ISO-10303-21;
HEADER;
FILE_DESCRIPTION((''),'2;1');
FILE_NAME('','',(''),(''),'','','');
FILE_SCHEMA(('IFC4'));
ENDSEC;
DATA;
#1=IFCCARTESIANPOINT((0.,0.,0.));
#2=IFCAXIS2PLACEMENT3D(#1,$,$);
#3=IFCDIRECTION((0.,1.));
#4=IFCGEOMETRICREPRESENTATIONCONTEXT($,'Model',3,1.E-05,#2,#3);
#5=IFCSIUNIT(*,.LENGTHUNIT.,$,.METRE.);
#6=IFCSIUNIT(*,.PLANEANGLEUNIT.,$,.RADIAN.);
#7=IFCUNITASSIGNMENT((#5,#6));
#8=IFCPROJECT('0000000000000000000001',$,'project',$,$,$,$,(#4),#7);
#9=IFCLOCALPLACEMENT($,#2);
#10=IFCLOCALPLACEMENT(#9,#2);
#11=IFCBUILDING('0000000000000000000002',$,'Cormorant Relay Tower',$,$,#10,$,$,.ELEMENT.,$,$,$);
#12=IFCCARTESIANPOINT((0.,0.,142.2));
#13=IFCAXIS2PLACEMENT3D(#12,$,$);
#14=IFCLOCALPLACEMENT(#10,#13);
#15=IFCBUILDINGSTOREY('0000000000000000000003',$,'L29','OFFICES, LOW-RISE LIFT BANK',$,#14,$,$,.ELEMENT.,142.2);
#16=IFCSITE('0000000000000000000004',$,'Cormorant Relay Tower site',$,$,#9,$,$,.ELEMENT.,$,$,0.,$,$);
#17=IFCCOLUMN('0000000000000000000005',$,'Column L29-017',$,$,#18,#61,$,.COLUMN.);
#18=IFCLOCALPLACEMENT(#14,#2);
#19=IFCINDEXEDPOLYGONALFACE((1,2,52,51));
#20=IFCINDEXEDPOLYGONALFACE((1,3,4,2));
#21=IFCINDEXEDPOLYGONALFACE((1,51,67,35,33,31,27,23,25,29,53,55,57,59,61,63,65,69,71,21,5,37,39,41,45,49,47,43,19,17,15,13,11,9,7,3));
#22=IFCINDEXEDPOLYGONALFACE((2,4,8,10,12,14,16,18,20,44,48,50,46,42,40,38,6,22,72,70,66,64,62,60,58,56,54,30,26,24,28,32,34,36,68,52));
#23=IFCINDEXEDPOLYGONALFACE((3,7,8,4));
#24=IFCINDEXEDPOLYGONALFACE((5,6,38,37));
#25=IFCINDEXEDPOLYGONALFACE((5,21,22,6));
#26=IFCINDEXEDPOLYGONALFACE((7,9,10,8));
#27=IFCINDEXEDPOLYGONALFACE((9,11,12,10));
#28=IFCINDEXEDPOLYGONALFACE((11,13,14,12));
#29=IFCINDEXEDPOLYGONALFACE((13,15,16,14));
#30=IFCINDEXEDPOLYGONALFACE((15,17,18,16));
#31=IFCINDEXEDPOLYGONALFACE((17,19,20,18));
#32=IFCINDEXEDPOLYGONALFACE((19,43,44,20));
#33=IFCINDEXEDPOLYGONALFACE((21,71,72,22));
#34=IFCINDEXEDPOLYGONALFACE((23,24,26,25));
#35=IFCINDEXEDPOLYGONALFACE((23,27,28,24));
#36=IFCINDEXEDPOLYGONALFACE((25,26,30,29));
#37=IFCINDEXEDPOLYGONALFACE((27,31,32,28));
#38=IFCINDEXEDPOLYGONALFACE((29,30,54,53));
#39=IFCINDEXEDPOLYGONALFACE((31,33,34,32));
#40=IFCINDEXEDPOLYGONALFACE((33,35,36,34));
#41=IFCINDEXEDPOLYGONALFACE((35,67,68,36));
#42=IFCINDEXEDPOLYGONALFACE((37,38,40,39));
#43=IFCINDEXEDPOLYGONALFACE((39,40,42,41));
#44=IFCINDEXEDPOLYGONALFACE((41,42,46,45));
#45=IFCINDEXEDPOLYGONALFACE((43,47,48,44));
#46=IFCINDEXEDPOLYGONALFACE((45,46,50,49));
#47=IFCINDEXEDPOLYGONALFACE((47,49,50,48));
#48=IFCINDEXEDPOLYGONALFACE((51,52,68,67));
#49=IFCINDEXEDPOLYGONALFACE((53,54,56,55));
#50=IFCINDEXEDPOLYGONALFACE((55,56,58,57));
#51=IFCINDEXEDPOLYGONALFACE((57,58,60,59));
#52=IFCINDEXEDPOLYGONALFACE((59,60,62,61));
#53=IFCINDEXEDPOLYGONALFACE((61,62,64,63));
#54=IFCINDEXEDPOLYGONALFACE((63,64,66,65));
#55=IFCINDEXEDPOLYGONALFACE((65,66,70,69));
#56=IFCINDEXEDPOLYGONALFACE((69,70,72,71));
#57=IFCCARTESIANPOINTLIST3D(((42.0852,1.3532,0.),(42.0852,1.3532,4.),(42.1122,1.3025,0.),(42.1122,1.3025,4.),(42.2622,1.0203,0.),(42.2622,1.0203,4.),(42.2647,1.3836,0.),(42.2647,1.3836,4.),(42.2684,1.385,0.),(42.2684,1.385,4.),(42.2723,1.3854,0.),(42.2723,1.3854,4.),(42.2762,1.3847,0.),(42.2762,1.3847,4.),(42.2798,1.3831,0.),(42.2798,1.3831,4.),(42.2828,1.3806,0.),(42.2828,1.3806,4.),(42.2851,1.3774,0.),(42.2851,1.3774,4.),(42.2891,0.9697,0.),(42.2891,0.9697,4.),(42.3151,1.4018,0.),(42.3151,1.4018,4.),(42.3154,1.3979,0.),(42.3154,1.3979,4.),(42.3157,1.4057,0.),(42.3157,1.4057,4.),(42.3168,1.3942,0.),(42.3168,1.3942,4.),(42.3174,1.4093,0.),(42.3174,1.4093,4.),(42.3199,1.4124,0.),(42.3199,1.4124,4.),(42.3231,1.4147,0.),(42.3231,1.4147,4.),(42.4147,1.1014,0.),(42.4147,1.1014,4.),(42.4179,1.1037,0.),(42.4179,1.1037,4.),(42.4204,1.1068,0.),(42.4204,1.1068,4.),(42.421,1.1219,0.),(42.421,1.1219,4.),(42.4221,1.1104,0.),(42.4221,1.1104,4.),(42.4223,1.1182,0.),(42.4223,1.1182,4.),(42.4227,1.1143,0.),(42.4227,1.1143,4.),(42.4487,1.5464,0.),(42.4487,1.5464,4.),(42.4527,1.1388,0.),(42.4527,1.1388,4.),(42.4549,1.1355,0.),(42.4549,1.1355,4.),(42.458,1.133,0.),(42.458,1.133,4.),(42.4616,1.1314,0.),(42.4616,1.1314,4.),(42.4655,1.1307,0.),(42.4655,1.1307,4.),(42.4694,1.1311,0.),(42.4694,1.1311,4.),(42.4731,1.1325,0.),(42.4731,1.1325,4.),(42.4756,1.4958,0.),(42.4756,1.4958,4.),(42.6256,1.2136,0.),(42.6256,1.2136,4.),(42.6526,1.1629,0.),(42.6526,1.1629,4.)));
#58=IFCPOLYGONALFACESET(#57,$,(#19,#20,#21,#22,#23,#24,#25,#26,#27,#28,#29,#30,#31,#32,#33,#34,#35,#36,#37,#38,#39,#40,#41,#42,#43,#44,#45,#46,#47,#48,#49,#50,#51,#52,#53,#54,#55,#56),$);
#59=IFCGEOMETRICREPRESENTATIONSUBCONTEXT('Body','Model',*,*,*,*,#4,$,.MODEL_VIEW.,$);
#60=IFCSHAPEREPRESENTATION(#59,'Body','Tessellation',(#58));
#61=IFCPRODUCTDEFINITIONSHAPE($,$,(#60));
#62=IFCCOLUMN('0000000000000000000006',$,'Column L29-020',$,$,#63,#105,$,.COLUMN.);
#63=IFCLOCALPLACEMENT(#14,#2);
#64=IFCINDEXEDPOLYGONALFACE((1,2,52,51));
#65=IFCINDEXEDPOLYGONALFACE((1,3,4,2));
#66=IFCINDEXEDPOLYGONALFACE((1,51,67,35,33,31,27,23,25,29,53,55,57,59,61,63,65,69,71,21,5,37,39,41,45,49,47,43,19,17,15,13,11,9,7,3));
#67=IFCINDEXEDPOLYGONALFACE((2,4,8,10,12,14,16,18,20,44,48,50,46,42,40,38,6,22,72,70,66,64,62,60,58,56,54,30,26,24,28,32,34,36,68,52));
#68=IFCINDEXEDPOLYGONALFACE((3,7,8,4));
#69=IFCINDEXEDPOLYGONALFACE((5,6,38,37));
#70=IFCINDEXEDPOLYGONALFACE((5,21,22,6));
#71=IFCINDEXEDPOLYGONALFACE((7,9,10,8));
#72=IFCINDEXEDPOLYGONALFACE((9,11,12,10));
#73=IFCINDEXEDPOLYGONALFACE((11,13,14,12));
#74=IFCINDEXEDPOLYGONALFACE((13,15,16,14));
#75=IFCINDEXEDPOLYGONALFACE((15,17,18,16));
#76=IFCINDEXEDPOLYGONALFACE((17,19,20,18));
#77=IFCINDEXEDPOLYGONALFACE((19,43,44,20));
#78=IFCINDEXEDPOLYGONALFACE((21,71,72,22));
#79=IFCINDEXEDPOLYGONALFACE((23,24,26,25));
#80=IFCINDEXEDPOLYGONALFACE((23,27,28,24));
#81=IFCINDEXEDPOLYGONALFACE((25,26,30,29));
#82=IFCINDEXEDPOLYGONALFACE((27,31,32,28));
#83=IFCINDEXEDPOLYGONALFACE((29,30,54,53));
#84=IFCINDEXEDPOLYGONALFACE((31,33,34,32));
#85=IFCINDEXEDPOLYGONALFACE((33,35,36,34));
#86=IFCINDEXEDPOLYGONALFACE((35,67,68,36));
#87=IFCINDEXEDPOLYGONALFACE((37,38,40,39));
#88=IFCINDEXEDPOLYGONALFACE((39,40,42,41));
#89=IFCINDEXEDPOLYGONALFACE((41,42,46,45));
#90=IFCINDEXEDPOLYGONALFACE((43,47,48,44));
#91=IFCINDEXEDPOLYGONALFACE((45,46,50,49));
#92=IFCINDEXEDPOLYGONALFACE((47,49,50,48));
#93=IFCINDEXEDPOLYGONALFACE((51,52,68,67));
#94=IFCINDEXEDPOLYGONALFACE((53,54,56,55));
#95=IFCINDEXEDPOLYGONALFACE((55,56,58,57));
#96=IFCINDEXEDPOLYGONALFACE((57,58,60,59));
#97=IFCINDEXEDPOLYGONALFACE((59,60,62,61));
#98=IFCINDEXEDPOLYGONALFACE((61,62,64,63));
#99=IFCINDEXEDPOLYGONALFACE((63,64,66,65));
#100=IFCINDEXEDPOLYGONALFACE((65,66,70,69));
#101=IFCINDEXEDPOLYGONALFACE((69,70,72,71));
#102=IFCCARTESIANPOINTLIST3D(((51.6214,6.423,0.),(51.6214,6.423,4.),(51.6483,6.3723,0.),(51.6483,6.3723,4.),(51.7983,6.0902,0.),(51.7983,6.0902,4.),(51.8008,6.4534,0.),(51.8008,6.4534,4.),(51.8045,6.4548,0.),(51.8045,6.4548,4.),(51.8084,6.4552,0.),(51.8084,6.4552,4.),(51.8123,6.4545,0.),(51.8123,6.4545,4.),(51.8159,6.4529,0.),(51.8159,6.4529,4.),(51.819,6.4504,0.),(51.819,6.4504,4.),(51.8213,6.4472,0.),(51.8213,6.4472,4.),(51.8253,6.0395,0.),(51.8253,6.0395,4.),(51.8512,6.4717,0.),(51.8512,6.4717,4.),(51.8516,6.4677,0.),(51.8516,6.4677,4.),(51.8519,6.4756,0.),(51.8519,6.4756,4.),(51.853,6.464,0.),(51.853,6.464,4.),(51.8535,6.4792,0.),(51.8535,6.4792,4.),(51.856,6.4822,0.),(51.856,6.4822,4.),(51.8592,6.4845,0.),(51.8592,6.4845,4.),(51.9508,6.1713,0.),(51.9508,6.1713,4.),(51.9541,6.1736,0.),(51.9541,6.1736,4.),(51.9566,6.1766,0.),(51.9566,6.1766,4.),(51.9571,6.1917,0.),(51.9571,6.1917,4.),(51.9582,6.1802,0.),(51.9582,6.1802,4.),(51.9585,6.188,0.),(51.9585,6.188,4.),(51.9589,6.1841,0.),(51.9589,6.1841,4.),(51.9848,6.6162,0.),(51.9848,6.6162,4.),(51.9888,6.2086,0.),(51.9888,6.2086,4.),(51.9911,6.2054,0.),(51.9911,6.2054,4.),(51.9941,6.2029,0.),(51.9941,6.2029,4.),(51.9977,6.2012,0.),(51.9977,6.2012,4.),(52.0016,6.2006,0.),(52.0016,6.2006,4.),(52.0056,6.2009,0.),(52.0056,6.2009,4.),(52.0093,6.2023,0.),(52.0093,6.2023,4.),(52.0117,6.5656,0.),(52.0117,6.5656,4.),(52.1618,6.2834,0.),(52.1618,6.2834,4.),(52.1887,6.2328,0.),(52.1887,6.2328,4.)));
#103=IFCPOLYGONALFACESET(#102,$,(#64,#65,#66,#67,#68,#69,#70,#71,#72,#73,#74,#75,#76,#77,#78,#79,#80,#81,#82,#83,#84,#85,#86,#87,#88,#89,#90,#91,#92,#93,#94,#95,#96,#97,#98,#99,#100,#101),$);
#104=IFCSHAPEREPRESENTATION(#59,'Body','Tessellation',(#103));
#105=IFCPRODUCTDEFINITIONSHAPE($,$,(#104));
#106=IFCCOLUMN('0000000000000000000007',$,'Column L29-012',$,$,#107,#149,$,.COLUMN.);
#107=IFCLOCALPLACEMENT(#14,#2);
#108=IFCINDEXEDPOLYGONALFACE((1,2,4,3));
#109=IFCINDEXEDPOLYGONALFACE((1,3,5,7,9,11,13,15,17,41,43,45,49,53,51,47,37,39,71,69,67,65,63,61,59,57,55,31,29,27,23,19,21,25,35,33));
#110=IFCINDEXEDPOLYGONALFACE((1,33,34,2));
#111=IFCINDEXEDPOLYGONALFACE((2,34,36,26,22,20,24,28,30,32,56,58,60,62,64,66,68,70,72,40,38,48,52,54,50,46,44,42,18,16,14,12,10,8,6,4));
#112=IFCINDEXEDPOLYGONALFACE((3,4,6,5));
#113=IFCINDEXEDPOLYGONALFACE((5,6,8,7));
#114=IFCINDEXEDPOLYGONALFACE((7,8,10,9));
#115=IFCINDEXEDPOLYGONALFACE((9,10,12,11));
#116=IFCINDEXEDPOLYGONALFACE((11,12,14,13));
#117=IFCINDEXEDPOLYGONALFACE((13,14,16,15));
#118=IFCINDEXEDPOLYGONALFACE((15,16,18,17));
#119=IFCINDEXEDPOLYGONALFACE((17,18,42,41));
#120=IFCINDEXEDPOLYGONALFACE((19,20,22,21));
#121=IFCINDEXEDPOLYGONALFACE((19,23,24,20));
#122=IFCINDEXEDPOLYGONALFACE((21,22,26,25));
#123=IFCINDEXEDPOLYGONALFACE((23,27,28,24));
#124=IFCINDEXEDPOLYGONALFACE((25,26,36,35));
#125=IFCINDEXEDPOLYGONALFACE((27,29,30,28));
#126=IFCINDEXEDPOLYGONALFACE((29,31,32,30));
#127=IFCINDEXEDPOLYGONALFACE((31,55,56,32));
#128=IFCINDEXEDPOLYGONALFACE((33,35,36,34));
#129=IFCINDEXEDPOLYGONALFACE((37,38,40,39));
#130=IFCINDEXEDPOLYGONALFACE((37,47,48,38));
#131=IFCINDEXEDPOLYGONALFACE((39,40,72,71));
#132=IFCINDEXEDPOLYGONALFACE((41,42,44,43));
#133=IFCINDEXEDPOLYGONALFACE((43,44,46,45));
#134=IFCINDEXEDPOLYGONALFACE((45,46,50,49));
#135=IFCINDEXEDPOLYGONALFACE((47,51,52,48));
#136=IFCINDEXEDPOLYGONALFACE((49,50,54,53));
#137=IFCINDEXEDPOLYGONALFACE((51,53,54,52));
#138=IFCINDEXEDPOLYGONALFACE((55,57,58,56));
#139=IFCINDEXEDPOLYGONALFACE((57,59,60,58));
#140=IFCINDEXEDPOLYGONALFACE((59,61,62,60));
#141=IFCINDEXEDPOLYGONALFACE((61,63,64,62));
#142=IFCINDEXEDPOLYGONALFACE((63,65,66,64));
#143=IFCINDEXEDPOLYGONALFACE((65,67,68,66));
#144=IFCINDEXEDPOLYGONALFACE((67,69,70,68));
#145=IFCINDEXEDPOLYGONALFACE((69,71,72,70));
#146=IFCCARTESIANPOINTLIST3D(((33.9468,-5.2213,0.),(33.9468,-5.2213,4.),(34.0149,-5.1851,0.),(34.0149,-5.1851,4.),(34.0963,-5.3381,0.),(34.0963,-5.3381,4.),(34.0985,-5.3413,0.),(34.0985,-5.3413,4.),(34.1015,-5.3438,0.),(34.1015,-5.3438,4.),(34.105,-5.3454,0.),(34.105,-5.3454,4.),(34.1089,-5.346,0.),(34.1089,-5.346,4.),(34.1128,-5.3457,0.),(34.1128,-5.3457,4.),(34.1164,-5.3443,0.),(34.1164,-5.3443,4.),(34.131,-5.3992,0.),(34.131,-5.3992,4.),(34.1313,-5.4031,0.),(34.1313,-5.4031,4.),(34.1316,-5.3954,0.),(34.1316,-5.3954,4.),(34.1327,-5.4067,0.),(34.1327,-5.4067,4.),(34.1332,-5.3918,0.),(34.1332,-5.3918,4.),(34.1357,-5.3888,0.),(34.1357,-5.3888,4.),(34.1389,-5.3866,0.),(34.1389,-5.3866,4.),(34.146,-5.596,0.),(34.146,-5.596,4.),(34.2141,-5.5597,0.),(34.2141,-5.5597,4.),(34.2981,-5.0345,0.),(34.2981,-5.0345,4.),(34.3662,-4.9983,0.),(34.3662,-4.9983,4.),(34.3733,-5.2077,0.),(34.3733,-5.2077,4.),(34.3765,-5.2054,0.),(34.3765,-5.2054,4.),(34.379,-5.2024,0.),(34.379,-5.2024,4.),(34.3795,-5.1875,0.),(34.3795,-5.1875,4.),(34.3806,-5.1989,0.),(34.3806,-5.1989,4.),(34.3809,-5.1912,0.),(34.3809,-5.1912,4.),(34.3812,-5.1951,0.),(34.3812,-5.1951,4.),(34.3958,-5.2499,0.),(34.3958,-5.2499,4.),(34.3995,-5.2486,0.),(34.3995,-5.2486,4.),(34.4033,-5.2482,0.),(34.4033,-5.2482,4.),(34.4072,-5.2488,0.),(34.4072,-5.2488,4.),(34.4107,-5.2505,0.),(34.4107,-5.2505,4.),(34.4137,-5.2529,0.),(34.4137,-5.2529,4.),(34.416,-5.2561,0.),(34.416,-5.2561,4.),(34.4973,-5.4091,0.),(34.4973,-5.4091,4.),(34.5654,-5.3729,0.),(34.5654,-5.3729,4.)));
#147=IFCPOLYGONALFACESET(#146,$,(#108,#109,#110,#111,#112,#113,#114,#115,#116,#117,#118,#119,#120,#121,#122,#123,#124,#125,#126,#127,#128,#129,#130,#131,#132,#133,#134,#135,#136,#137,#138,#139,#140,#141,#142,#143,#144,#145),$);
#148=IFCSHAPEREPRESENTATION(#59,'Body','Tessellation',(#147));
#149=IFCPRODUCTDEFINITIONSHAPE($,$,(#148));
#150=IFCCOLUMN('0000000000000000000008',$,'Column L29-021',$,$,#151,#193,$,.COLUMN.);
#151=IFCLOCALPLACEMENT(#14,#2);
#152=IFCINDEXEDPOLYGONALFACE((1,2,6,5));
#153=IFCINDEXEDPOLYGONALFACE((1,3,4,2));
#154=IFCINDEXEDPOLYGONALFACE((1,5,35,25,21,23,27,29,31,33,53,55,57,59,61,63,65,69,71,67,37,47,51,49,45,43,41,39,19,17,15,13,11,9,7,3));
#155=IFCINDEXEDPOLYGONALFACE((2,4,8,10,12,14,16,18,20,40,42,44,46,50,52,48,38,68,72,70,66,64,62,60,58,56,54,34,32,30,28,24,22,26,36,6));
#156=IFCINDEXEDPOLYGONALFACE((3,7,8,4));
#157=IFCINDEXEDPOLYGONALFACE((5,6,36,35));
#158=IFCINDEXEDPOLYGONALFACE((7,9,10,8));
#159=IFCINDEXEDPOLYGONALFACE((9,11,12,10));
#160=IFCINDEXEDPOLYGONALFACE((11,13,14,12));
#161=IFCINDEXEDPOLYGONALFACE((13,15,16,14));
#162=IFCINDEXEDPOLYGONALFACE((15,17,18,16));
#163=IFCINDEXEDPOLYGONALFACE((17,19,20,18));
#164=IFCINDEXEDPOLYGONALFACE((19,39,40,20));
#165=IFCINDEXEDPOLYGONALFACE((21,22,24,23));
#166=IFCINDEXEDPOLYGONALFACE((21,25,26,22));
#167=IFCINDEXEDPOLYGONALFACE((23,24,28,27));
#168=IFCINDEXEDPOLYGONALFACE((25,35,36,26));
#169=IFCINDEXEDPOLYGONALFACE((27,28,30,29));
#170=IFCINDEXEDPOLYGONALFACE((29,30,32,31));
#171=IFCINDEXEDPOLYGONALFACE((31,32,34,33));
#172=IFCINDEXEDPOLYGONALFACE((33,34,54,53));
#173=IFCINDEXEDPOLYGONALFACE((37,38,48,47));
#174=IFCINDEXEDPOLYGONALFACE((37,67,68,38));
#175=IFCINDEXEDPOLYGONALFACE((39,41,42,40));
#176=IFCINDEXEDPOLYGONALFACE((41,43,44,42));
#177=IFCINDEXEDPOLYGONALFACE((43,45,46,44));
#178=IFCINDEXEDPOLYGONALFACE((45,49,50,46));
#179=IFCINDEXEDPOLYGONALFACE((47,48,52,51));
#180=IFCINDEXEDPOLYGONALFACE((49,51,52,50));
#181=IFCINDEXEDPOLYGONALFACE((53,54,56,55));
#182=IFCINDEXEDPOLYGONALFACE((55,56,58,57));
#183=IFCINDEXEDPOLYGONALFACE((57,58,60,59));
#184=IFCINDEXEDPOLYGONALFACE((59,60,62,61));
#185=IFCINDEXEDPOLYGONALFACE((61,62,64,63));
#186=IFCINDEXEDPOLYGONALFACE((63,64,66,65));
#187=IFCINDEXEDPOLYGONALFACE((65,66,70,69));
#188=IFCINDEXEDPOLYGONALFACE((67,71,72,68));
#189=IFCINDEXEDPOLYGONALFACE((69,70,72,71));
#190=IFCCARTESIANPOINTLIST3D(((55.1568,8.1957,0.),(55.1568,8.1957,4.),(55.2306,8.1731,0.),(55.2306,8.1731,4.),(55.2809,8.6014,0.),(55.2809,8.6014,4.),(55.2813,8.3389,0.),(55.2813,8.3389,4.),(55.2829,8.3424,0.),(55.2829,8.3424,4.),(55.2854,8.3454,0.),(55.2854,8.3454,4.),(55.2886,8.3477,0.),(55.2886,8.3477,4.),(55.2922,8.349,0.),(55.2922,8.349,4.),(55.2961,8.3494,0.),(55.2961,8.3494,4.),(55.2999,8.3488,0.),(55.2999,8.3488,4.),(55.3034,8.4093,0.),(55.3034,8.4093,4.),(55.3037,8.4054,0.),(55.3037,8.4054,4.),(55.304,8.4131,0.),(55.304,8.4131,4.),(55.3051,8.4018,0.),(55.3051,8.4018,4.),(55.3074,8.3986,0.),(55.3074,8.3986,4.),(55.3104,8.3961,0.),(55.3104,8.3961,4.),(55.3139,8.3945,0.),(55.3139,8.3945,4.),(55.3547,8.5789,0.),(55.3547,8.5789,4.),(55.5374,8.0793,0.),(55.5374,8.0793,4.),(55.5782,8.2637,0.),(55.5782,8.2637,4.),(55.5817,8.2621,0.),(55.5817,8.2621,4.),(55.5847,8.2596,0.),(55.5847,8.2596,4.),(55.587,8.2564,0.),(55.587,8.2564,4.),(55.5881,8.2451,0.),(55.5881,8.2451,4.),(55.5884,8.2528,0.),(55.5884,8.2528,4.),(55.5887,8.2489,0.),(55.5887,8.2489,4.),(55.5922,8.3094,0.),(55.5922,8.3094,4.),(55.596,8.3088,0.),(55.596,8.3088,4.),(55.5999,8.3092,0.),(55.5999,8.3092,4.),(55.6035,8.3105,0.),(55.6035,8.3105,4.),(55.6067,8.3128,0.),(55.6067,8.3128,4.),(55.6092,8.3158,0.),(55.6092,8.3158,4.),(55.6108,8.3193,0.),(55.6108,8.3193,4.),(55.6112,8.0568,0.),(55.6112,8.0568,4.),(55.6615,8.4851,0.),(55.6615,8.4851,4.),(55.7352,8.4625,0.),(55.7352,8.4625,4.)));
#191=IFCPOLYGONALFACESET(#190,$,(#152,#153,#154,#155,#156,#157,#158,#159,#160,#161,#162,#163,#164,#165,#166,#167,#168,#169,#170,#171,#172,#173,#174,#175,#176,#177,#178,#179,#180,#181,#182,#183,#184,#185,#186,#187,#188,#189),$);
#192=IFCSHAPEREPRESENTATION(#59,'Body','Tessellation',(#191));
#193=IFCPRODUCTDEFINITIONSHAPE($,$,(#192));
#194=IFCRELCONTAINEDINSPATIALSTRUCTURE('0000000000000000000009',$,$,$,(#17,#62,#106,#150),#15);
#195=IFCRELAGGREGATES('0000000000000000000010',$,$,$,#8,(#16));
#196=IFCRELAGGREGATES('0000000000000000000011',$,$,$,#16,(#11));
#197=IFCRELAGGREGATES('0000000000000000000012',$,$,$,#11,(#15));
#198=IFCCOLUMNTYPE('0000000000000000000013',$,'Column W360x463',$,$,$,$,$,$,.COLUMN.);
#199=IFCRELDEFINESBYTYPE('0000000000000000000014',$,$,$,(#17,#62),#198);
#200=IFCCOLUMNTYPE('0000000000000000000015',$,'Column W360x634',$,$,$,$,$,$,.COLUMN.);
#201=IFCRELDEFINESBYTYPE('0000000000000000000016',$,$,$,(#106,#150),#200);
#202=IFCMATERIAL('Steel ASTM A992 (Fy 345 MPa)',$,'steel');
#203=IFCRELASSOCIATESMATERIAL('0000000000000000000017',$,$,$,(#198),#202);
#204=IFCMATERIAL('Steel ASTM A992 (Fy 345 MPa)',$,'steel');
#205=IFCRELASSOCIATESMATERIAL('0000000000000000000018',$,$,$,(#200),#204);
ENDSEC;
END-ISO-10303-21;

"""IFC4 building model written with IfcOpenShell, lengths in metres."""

from ifc_helpers import new_model, si_unit, direction, frame, origin, origin_2d, place, context, subcontext, project, spatial, i_section, extrude, material, material_profile, profile_set, type_object, element, save


model = new_model("IFC4")

# Units and contexts
model_context = context("Model", 3, precision=1e-05, world=origin(), true_north=direction((0.0, 1.0)))
body_context = subcontext(model_context, "Body", "Model", "MODEL_VIEW")
ifc_project = project(units=[si_unit("LENGTHUNIT", "METRE"), si_unit("PLANEANGLEUNIT", "RADIAN")], contexts=[model_context])

# Site, building, storey
site_placement = place(None, origin())
site = spatial("IfcSite", under=ifc_project, at=site_placement, Name="Cormorant Relay Tower site", CompositionType="ELEMENT", RefElevation=0.0)
building_placement = place(site_placement, origin())
building = spatial("IfcBuilding", under=site, at=building_placement, Name="Cormorant Relay Tower", CompositionType="ELEMENT")
storey_placement = place(building_placement, frame((0.0, 0.0, 142.2)))
storey = spatial("IfcBuildingStorey", under=building, at=storey_placement, Name="L29", Description="OFFICES, LOW-RISE LIFT BANK", CompositionType="ELEMENT", Elevation=142.2)

# Columns
ifc_material_1 = material(Name="Steel ASTM A992 (Fy 345 MPa)", Category="steel")
ifc_material_profile_1 = material_profile(ifc_material_1, i_section(OverallWidth=0.4116, OverallDepth=0.4343, WebThickness=0.0359, FlangeThickness=0.0574, FilletRadius=0.0151, at=origin_2d()), Name="W360x463")
ifc_profile_set_1 = profile_set([ifc_material_profile_1], Name="Steel ASTM A992 (Fy 345 MPa)")
column_type_1 = type_object("IfcColumnType", Name="Column W360x463", PredefinedType="COLUMN", material=ifc_profile_set_1)
for number, where, z_axis, x_axis, name in (
    (1, (42.3689, 1.2581, 0.0), (0.0, 0.0, 1.0), (0.882948, 0.469472, 0.0), "Column L29-017"),
    (2, (51.905, 6.3279, 0.0), (0.0, 0.0, 1.0), (0.882948, 0.469472, 0.0), "Column L29-020"),
):
    element("IfcColumn", number, at=place(storey_placement, frame(where, z_axis=z_axis, x_axis=x_axis)), inside=storey, type_object=column_type_1, Name=name, PredefinedType="COLUMN", context=body_context, shape_type="SweptSolid", body=[
        extrude(i_section(OverallWidth=0.4116, OverallDepth=0.4343, WebThickness=0.0359, FlangeThickness=0.0574, FilletRadius=0.0151, at=origin_2d()), origin(), (0.0, 0.0, 1.0), 4.0),
    ])
ifc_material_2 = material(Name="Steel ASTM A992 (Fy 345 MPa)", Category="steel")
ifc_material_profile_2 = material_profile(ifc_material_2, i_section(OverallWidth=0.4243, OverallDepth=0.4751, WebThickness=0.0479, FlangeThickness=0.0771, FilletRadius=0.0149, at=origin_2d()), Name="W360x634")
ifc_profile_set_2 = profile_set([ifc_material_profile_2], Name="Steel ASTM A992 (Fy 345 MPa)")
column_type_2 = type_object("IfcColumnType", Name="Column W360x634", PredefinedType="COLUMN", material=ifc_profile_set_2)
for number, where, z_axis, x_axis, name in (
    (3, (34.2561, -5.2971, 0.0), (0.0, 0.0, 1.0), (-0.469472, 0.882948, 0.0), "Column L29-012"),
    (4, (55.446, 8.3291, 0.0), (0.0, 0.0, 1.0), (0.292372, 0.956305, 0.0), "Column L29-021"),
):
    element("IfcColumn", number, at=place(storey_placement, frame(where, z_axis=z_axis, x_axis=x_axis)), inside=storey, type_object=column_type_2, Name=name, PredefinedType="COLUMN", context=body_context, shape_type="SweptSolid", body=[
        extrude(i_section(OverallWidth=0.4243, OverallDepth=0.4751, WebThickness=0.0479, FlangeThickness=0.0771, FilletRadius=0.0149, at=origin_2d()), origin(), (0.0, 0.0, 1.0), 4.0),
    ])

save(model, "model.ifc")
